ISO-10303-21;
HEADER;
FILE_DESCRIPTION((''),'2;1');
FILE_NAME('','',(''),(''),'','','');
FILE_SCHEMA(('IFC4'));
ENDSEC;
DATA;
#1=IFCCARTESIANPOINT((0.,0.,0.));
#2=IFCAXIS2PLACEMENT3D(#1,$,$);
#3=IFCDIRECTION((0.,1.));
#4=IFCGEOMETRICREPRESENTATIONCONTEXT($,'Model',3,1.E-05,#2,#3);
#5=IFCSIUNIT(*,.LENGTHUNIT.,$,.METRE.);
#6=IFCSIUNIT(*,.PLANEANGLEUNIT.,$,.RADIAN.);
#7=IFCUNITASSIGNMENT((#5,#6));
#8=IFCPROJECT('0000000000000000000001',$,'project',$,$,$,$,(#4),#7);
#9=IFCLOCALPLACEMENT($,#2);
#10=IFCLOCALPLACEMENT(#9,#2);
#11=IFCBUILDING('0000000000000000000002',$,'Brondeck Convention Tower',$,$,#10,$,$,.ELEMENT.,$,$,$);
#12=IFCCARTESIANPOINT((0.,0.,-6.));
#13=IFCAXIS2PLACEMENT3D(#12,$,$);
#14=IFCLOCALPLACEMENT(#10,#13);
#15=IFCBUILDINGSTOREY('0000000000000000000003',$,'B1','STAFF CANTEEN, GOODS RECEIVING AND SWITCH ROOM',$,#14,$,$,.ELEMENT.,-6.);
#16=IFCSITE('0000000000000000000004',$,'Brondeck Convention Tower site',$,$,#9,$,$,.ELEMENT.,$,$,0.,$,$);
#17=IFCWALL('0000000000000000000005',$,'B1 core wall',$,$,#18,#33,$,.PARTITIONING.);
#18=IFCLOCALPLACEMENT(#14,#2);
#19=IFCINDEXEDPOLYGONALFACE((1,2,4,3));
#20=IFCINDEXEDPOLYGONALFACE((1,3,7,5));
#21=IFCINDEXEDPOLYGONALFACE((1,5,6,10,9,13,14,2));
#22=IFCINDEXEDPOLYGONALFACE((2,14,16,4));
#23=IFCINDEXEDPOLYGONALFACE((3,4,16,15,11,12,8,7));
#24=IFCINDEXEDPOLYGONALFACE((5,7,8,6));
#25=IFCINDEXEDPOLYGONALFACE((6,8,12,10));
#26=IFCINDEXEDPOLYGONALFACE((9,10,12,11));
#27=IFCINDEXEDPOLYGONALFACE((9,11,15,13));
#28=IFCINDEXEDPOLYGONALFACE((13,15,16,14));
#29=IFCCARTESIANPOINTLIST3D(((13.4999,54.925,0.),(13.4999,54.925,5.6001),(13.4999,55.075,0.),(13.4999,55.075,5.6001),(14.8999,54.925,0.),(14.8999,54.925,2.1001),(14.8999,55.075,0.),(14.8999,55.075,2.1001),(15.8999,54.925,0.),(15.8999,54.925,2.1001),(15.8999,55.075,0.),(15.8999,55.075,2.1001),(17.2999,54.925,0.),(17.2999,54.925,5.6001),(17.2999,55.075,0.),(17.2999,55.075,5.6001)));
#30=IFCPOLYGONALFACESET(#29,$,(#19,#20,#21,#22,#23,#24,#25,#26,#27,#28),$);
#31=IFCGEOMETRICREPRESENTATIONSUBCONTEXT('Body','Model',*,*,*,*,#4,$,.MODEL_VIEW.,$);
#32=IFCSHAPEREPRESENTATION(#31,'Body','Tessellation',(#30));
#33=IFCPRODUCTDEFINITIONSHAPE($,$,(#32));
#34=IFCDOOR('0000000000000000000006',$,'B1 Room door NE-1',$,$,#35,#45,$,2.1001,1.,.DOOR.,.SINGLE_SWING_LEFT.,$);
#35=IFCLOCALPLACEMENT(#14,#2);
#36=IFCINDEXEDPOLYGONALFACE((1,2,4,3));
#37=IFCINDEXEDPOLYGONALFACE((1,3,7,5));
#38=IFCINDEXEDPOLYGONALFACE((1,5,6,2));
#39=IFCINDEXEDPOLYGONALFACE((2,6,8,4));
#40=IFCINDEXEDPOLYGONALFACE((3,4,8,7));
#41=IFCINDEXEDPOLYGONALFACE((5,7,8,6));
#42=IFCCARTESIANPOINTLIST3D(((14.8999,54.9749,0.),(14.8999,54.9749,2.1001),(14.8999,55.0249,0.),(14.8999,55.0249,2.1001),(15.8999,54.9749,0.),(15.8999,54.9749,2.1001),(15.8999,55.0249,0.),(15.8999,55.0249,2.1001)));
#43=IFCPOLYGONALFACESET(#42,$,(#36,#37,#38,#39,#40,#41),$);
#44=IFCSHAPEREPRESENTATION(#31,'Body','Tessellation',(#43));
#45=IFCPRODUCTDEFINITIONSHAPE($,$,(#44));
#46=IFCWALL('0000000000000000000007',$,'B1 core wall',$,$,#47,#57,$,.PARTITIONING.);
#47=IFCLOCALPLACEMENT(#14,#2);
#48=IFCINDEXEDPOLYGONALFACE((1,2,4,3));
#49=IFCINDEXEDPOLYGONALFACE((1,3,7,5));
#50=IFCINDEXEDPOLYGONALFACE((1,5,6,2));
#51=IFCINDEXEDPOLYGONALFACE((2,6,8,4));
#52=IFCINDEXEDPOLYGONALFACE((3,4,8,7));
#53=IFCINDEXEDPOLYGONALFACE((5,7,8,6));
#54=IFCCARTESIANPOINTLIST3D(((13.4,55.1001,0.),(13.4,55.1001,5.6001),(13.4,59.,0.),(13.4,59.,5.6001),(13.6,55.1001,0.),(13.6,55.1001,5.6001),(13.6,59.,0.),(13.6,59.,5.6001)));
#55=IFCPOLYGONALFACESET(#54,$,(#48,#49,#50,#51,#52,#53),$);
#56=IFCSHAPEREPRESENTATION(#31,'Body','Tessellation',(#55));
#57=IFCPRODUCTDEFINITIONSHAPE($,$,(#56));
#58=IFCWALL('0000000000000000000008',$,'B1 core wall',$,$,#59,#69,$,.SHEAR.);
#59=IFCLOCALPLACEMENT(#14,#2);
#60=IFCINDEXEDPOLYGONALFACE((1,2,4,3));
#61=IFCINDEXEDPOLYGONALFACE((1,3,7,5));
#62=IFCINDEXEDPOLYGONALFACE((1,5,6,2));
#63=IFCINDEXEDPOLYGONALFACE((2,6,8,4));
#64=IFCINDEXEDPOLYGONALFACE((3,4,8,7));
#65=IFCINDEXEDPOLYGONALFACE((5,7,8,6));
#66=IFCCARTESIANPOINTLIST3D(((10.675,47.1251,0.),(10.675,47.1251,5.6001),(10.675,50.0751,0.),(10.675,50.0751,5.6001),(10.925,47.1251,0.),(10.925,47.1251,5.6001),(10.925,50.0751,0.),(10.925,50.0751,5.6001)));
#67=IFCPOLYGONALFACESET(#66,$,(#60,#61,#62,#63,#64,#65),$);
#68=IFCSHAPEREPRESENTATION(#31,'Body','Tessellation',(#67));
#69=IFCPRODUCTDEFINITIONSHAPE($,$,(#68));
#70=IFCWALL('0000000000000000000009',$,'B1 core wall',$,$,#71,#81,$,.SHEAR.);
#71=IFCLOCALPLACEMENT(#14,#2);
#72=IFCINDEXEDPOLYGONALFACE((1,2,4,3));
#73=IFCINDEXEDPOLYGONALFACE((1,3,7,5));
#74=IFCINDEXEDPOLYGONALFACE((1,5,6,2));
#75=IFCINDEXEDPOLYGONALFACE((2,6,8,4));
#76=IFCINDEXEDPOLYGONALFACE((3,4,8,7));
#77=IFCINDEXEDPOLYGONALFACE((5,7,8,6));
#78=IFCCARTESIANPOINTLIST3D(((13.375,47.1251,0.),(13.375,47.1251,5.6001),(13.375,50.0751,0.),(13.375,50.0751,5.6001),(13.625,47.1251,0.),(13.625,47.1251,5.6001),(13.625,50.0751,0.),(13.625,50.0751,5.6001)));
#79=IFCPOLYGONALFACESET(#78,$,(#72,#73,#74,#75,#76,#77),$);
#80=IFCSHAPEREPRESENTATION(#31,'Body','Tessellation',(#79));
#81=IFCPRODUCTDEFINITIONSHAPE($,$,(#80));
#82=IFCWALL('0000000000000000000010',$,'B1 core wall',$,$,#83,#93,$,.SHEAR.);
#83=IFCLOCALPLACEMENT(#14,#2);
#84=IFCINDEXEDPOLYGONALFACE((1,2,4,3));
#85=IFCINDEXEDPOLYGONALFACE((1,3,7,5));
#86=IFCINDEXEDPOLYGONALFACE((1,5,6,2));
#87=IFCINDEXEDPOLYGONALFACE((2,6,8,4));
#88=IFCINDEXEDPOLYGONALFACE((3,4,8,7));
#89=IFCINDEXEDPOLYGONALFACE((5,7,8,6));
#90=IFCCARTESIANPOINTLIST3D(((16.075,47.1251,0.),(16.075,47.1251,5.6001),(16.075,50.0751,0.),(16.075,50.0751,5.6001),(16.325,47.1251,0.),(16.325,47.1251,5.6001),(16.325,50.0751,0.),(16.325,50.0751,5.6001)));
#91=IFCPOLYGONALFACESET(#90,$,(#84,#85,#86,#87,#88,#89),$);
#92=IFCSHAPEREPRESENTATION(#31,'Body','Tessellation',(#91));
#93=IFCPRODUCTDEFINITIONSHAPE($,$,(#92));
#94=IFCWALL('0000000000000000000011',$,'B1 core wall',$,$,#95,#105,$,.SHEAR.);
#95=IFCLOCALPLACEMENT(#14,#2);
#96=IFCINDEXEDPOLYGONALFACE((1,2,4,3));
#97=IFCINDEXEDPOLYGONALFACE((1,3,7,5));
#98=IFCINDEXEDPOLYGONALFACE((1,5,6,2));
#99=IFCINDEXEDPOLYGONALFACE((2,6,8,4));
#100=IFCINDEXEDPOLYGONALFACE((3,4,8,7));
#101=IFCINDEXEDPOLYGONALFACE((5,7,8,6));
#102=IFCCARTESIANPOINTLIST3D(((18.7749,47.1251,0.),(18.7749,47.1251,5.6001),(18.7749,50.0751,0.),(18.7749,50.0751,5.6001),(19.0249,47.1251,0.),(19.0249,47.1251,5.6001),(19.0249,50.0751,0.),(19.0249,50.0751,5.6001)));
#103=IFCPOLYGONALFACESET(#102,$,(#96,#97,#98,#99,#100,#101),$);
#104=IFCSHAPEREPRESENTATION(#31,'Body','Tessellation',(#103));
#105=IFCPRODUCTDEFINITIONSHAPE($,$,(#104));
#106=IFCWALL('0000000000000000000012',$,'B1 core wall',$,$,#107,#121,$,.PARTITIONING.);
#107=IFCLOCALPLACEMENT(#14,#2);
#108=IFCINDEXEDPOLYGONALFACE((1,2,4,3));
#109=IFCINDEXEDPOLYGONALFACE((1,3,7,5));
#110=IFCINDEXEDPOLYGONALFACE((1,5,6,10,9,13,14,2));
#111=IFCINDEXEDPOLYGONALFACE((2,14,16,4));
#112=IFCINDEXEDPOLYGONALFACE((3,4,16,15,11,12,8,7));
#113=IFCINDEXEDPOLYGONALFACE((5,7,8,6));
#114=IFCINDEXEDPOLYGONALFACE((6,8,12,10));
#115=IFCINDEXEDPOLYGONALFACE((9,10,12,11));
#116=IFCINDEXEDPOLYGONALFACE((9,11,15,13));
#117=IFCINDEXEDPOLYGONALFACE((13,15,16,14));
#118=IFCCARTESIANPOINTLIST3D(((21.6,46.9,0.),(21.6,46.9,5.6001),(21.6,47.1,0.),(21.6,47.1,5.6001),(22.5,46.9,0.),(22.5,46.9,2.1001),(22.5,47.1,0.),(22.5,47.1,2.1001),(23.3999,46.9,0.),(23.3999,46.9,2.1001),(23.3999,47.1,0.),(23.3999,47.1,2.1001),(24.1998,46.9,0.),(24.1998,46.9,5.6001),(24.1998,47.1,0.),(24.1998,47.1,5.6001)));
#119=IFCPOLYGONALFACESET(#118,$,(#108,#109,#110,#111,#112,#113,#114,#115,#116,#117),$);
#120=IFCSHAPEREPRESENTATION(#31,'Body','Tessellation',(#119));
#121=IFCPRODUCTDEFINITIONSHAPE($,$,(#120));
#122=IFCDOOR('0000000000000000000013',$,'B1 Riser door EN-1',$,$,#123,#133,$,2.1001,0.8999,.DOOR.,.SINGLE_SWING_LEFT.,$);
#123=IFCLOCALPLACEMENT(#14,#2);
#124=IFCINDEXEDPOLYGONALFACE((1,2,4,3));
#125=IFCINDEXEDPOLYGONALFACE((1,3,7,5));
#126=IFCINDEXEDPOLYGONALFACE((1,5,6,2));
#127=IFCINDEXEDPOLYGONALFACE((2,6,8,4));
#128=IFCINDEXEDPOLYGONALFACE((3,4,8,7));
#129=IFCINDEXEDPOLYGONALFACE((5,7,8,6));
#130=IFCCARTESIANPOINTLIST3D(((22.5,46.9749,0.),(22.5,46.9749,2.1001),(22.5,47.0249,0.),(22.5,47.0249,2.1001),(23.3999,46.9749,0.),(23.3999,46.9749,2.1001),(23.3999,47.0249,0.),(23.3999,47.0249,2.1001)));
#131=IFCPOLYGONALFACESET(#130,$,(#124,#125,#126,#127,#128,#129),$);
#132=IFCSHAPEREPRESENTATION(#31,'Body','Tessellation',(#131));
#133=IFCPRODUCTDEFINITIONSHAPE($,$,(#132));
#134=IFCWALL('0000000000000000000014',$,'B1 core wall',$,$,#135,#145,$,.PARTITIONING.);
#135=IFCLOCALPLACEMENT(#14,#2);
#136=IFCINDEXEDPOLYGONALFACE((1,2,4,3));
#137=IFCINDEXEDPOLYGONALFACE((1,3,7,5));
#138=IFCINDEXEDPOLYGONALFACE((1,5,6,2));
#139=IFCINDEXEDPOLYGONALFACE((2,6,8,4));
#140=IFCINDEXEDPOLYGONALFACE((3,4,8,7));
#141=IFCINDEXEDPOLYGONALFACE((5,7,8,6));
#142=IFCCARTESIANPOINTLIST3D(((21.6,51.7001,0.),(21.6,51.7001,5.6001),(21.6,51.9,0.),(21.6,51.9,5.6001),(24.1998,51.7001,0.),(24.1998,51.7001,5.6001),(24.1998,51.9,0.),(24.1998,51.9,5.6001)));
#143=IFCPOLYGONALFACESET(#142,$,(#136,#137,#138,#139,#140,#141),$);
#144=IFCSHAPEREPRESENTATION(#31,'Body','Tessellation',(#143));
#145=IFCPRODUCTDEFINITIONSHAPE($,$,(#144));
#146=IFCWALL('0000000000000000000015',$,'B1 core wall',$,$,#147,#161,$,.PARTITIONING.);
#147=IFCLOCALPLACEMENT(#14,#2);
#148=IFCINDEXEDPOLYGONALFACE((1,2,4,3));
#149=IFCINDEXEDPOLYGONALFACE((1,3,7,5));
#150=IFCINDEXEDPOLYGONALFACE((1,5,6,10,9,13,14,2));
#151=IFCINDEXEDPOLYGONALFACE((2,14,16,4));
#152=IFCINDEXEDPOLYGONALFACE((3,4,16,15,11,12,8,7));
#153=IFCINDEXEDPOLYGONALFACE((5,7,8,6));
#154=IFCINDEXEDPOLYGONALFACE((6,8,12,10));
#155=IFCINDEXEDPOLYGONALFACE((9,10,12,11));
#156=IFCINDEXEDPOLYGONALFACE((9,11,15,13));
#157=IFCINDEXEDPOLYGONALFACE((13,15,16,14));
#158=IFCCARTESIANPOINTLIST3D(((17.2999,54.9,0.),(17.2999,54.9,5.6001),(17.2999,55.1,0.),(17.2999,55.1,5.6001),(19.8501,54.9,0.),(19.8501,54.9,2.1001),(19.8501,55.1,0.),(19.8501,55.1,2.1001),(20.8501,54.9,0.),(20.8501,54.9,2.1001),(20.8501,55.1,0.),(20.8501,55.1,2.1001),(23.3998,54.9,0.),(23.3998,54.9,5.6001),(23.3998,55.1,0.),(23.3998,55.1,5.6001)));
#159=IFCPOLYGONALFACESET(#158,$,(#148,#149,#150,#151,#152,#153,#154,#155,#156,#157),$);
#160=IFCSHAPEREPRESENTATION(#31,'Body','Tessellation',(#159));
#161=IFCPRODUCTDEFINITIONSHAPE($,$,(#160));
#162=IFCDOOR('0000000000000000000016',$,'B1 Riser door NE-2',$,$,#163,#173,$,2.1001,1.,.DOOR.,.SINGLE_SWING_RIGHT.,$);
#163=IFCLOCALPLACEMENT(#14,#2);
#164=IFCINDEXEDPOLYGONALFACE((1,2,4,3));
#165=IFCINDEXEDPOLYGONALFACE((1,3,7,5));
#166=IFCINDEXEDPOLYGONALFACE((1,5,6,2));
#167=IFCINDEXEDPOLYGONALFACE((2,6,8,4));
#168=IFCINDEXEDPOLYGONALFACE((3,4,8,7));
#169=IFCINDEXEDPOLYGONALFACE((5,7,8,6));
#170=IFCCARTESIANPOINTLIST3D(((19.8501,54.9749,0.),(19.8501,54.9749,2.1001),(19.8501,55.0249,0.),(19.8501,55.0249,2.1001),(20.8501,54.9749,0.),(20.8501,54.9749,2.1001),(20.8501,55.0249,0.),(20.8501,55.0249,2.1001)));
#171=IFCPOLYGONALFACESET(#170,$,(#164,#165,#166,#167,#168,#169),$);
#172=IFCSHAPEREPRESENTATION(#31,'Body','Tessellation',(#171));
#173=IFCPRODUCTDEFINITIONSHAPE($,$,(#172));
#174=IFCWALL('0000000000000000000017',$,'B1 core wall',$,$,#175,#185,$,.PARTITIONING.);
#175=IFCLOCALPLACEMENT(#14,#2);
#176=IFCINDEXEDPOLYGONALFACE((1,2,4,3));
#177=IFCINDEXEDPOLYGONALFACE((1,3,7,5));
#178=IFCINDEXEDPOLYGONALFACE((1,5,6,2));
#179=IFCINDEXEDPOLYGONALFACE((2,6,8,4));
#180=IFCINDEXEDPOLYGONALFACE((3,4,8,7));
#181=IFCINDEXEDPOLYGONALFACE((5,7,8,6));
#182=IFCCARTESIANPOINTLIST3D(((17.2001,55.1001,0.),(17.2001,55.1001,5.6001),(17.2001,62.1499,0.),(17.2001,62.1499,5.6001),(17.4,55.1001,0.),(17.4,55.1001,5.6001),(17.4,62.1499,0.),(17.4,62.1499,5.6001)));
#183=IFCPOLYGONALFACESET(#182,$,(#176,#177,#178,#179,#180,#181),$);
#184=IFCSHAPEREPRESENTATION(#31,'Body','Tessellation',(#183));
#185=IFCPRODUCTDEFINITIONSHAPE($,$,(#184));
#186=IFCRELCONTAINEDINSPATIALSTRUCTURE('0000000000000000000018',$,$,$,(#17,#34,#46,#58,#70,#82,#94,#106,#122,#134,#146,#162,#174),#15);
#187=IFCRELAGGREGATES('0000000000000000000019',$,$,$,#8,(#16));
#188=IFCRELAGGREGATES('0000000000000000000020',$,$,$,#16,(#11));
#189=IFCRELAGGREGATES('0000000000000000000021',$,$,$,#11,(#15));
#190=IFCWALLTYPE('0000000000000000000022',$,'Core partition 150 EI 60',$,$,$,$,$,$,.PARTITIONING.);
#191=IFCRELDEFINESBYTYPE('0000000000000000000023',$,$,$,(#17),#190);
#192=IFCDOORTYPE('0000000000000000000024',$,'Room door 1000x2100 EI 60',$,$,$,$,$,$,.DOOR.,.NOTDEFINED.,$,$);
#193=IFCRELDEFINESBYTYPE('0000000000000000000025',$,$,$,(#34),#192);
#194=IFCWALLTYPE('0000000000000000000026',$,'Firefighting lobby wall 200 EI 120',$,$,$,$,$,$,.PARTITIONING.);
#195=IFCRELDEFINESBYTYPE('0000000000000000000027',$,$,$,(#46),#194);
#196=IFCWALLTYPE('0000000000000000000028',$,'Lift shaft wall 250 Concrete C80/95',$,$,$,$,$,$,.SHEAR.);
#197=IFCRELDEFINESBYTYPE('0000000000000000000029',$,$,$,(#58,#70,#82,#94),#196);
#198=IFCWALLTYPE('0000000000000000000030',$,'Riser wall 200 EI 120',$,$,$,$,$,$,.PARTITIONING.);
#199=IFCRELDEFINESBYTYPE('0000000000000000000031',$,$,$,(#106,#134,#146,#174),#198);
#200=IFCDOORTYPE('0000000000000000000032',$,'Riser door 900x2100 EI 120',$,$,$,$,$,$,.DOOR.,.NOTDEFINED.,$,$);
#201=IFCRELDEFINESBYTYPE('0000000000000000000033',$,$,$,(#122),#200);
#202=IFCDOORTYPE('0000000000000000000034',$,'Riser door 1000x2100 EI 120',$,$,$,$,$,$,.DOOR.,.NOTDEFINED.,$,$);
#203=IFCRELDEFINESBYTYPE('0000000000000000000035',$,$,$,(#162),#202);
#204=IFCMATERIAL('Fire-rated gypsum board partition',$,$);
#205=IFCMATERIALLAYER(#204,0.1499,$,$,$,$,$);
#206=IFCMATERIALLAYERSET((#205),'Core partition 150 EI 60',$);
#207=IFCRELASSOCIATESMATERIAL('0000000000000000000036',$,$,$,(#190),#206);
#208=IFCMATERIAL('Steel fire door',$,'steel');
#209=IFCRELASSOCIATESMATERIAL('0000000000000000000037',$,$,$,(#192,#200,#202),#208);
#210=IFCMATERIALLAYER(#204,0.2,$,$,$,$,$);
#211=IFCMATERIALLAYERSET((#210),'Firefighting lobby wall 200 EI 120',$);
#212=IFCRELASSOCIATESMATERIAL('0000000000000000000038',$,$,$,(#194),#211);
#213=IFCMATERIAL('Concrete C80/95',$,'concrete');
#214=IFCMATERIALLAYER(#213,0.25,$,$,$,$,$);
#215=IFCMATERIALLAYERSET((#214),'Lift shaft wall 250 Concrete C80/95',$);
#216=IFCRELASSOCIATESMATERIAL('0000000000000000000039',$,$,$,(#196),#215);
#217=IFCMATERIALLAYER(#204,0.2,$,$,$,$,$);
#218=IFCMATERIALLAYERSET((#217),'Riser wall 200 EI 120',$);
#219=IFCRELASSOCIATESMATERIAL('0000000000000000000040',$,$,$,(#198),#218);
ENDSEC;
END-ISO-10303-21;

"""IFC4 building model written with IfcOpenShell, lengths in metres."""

from ifc_helpers import new_model, si_unit, direction, frame, frame_2d, origin, place, context, subcontext, project, spatial, rectangle, extrude, material, layer, layer_set, type_object, element, fill, save


model = new_model("IFC4")

# Units and contexts
model_context = context("Model", 3, precision=1e-05, world=origin(), true_north=direction((0.0, 1.0)))
body_context = subcontext(model_context, "Body", "Model", "MODEL_VIEW")
ifc_project = project(units=[si_unit("LENGTHUNIT", "METRE"), si_unit("PLANEANGLEUNIT", "RADIAN")], contexts=[model_context])

# Site, building, storey
site_placement = place(None, origin())
site = spatial("IfcSite", under=ifc_project, at=site_placement, Name="Brondeck Convention Tower site", CompositionType="ELEMENT", RefElevation=0.0)
building_placement = place(site_placement, origin())
building = spatial("IfcBuilding", under=site, at=building_placement, Name="Brondeck Convention Tower", CompositionType="ELEMENT")
storey_placement = place(building_placement, frame((0.0, 0.0, -6.0)))
storey = spatial("IfcBuildingStorey", under=building, at=storey_placement, Name="B1", Description="STAFF CANTEEN, GOODS RECEIVING AND SWITCH ROOM", CompositionType="ELEMENT", Elevation=-6.0)

# Wall, opening, door
ifc_material_1 = material(Name="Fire-rated gypsum board partition")
ifc_layer_1 = layer(ifc_material_1, 0.1499)
ifc_layer_set_1 = layer_set([ifc_layer_1], Name="Core partition 150 EI 60")
wall_type_1 = type_object("IfcWallType", Name="Core partition 150 EI 60", PredefinedType="PARTITIONING", material=ifc_layer_set_1)
wall_1_placement = place(storey_placement, frame((13.5, 55.0, 0.0), z_axis=(0.0, 0.0, 1.0), x_axis=(1.0, 0.0, 0.0)))
wall_1 = element("IfcWall", 1, at=wall_1_placement, inside=storey, type_object=wall_type_1, Name="B1 core wall", PredefinedType="PARTITIONING", context=body_context, shape_type="SweptSolid", body=[
    extrude(rectangle(XDim=3.8, YDim=0.1499, at=frame_2d((1.8999, 0.0))), origin(), (0.0, 0.0, 1.0), 5.6001),
])
opening_1_placement = place(wall_1_placement, frame((1.3999, 0.0, 0.0)))
opening_1 = element("IfcOpeningElement", 2, at=opening_1_placement, cuts=wall_1, PredefinedType="OPENING", context=body_context, shape_type="SweptSolid", body=[
    extrude(rectangle(XDim=1.0, YDim=2.1001, at=frame_2d((0.5, 1.05))), frame((0.0, 0.085, 0.0), z_axis=(0.0, -1.0, 0.0), x_axis=(1.0, 0.0, 0.0)), (0.0, 0.0, 1.0), 0.1699),
])
ifc_material_2 = material(Name="Steel fire door", Category="steel")
door_type_1 = type_object("IfcDoorType", Name="Room door 1000x2100 EI 60", OperationType="NOTDEFINED", PredefinedType="DOOR", material=ifc_material_2)
door_1_placement = place(opening_1_placement, origin())
door_1 = element("IfcDoor", 3, at=door_1_placement, inside=storey, type_object=door_type_1, Name="B1 Room door NE-1", OperationType="SINGLE_SWING_LEFT", OverallHeight=2.1001, OverallWidth=1.0, PredefinedType="DOOR", context=body_context, shape_type="SweptSolid", body=[
    extrude(rectangle(XDim=1.0, YDim=2.1001, at=frame_2d((0.5, 1.05))), frame((0.0, 0.0249, 0.0), z_axis=(0.0, -1.0, 0.0), x_axis=(1.0, 0.0, 0.0)), (0.0, 0.0, 1.0), 0.05),
])
fill(opening_1, door_1)

# Walls
ifc_layer_2 = layer(ifc_material_1, 0.2)
ifc_layer_set_2 = layer_set([ifc_layer_2], Name="Firefighting lobby wall 200 EI 120")
wall_type_2 = type_object("IfcWallType", Name="Firefighting lobby wall 200 EI 120", PredefinedType="PARTITIONING", material=ifc_layer_set_2)
wall_2_placement = place(storey_placement, frame((13.5, 55.1001, 0.0), z_axis=(0.0, 0.0, 1.0), x_axis=(0.0, 1.0, 0.0)))
element("IfcWall", 4, at=wall_2_placement, inside=storey, type_object=wall_type_2, Name="B1 core wall", PredefinedType="PARTITIONING", context=body_context, shape_type="SweptSolid", body=[
    extrude(rectangle(XDim=3.8999, YDim=0.2, at=frame_2d((1.95, 0.0))), origin(), (0.0, 0.0, 1.0), 5.6001),
])
ifc_material_3 = material(Name="Concrete C80/95", Category="concrete")
ifc_layer_3 = layer(ifc_material_3, 0.25)
ifc_layer_set_3 = layer_set([ifc_layer_3], Name="Lift shaft wall 250 Concrete C80/95")
wall_type_3 = type_object("IfcWallType", Name="Lift shaft wall 250 Concrete C80/95", PredefinedType="SHEAR", material=ifc_layer_set_3)
for number, where, z_axis, x_axis, name in (
    (5, (10.8, 47.125, 0.0), (0.0, 0.0, 1.0), (0.0, 1.0, 0.0), "B1 core wall"),
    (6, (13.5, 47.125, 0.0), (0.0, 0.0, 1.0), (0.0, 1.0, 0.0), "B1 core wall"),
    (7, (16.2, 47.125, 0.0), (0.0, 0.0, 1.0), (0.0, 1.0, 0.0), "B1 core wall"),
    (8, (18.8999, 47.125, 0.0), (0.0, 0.0, 1.0), (0.0, 1.0, 0.0), "B1 core wall"),
):
    element("IfcWall", number, at=place(storey_placement, frame(where, z_axis=z_axis, x_axis=x_axis)), inside=storey, type_object=wall_type_3, Name=name, PredefinedType="SHEAR", context=body_context, shape_type="SweptSolid", body=[
        extrude(rectangle(XDim=2.95, YDim=0.25, at=frame_2d((1.4751, 0.0))), origin(), (0.0, 0.0, 1.0), 5.6001),
    ])

# Wall, opening, door
ifc_layer_4 = layer(ifc_material_1, 0.2)
ifc_layer_set_4 = layer_set([ifc_layer_4], Name="Riser wall 200 EI 120")
wall_type_4 = type_object("IfcWallType", Name="Riser wall 200 EI 120", PredefinedType="PARTITIONING", material=ifc_layer_set_4)
wall_3_placement = place(storey_placement, frame((21.6001, 47.0, 0.0), z_axis=(0.0, 0.0, 1.0), x_axis=(1.0, 0.0, 0.0)))
wall_3 = element("IfcWall", 9, at=wall_3_placement, inside=storey, type_object=wall_type_4, Name="B1 core wall", PredefinedType="PARTITIONING", context=body_context, shape_type="SweptSolid", body=[
    extrude(rectangle(XDim=2.5999, YDim=0.2, at=frame_2d((1.2998, 0.0))), origin(), (0.0, 0.0, 1.0), 5.6001),
])
opening_2_placement = place(wall_3_placement, frame((0.8999, 0.0, 0.0)))
opening_2 = element("IfcOpeningElement", 10, at=opening_2_placement, cuts=wall_3, PredefinedType="OPENING", context=body_context, shape_type="SweptSolid", body=[
    extrude(rectangle(XDim=0.8999, YDim=2.1001, at=frame_2d((0.45, 1.05))), frame((0.0, 0.1099, 0.0), z_axis=(0.0, -1.0, 0.0), x_axis=(1.0, 0.0, 0.0)), (0.0, 0.0, 1.0), 0.22),
])
door_type_2 = type_object("IfcDoorType", Name="Riser door 900x2100 EI 120", OperationType="NOTDEFINED", PredefinedType="DOOR", material=ifc_material_2)
door_2_placement = place(opening_2_placement, origin())
door_2 = element("IfcDoor", 11, at=door_2_placement, inside=storey, type_object=door_type_2, Name="B1 Riser door EN-1", OperationType="SINGLE_SWING_LEFT", OverallHeight=2.1001, OverallWidth=0.8999, PredefinedType="DOOR", context=body_context, shape_type="SweptSolid", body=[
    extrude(rectangle(XDim=0.8999, YDim=2.1001, at=frame_2d((0.45, 1.05))), frame((0.0, 0.0249, 0.0), z_axis=(0.0, -1.0, 0.0), x_axis=(1.0, 0.0, 0.0)), (0.0, 0.0, 1.0), 0.05),
])
fill(opening_2, door_2)

# Wall
wall_4_placement = place(storey_placement, frame((21.6001, 51.8, 0.0), z_axis=(0.0, 0.0, 1.0), x_axis=(1.0, 0.0, 0.0)))
element("IfcWall", 12, at=wall_4_placement, inside=storey, type_object=wall_type_4, Name="B1 core wall", PredefinedType="PARTITIONING", context=body_context, shape_type="SweptSolid", body=[
    extrude(rectangle(XDim=2.5999, YDim=0.2, at=frame_2d((1.2998, 0.0))), origin(), (0.0, 0.0, 1.0), 5.6001),
])

# Wall, opening, door
wall_5_placement = place(storey_placement, frame((17.3, 55.0, 0.0), z_axis=(0.0, 0.0, 1.0), x_axis=(1.0, 0.0, 0.0)))
wall_5 = element("IfcWall", 13, at=wall_5_placement, inside=storey, type_object=wall_type_4, Name="B1 core wall", PredefinedType="PARTITIONING", context=body_context, shape_type="SweptSolid", body=[
    extrude(rectangle(XDim=6.0999, YDim=0.2, at=frame_2d((3.0498, 0.0))), origin(), (0.0, 0.0, 1.0), 5.6001),
])
opening_3_placement = place(wall_5_placement, frame((2.55, 0.0, 0.0)))
opening_3 = element("IfcOpeningElement", 14, at=opening_3_placement, cuts=wall_5, PredefinedType="OPENING", context=body_context, shape_type="SweptSolid", body=[
    extrude(rectangle(XDim=1.0, YDim=2.1001, at=frame_2d((0.5, 1.05))), frame((0.0, 0.1099, 0.0), z_axis=(0.0, -1.0, 0.0), x_axis=(1.0, 0.0, 0.0)), (0.0, 0.0, 1.0), 0.22),
])
door_type_3 = type_object("IfcDoorType", Name="Riser door 1000x2100 EI 120", OperationType="NOTDEFINED", PredefinedType="DOOR", material=ifc_material_2)
door_3_placement = place(opening_3_placement, origin())
door_3 = element("IfcDoor", 15, at=door_3_placement, inside=storey, type_object=door_type_3, Name="B1 Riser door NE-2", OperationType="SINGLE_SWING_RIGHT", OverallHeight=2.1001, OverallWidth=1.0, PredefinedType="DOOR", context=body_context, shape_type="SweptSolid", body=[
    extrude(rectangle(XDim=1.0, YDim=2.1001, at=frame_2d((0.5, 1.05))), frame((0.0, 0.0249, 0.0), z_axis=(0.0, -1.0, 0.0), x_axis=(1.0, 0.0, 0.0)), (0.0, 0.0, 1.0), 0.05),
])
fill(opening_3, door_3)

# Wall
wall_6_placement = place(storey_placement, frame((17.3, 55.1001, 0.0), z_axis=(0.0, 0.0, 1.0), x_axis=(0.0, 1.0, 0.0)))
element("IfcWall", 16, at=wall_6_placement, inside=storey, type_object=wall_type_4, Name="B1 core wall", PredefinedType="PARTITIONING", context=body_context, shape_type="SweptSolid", body=[
    extrude(rectangle(XDim=7.0498, YDim=0.2, at=frame_2d((3.5249, 0.0))), origin(), (0.0, 0.0, 1.0), 5.6001),
])

save(model, "model.ifc")
